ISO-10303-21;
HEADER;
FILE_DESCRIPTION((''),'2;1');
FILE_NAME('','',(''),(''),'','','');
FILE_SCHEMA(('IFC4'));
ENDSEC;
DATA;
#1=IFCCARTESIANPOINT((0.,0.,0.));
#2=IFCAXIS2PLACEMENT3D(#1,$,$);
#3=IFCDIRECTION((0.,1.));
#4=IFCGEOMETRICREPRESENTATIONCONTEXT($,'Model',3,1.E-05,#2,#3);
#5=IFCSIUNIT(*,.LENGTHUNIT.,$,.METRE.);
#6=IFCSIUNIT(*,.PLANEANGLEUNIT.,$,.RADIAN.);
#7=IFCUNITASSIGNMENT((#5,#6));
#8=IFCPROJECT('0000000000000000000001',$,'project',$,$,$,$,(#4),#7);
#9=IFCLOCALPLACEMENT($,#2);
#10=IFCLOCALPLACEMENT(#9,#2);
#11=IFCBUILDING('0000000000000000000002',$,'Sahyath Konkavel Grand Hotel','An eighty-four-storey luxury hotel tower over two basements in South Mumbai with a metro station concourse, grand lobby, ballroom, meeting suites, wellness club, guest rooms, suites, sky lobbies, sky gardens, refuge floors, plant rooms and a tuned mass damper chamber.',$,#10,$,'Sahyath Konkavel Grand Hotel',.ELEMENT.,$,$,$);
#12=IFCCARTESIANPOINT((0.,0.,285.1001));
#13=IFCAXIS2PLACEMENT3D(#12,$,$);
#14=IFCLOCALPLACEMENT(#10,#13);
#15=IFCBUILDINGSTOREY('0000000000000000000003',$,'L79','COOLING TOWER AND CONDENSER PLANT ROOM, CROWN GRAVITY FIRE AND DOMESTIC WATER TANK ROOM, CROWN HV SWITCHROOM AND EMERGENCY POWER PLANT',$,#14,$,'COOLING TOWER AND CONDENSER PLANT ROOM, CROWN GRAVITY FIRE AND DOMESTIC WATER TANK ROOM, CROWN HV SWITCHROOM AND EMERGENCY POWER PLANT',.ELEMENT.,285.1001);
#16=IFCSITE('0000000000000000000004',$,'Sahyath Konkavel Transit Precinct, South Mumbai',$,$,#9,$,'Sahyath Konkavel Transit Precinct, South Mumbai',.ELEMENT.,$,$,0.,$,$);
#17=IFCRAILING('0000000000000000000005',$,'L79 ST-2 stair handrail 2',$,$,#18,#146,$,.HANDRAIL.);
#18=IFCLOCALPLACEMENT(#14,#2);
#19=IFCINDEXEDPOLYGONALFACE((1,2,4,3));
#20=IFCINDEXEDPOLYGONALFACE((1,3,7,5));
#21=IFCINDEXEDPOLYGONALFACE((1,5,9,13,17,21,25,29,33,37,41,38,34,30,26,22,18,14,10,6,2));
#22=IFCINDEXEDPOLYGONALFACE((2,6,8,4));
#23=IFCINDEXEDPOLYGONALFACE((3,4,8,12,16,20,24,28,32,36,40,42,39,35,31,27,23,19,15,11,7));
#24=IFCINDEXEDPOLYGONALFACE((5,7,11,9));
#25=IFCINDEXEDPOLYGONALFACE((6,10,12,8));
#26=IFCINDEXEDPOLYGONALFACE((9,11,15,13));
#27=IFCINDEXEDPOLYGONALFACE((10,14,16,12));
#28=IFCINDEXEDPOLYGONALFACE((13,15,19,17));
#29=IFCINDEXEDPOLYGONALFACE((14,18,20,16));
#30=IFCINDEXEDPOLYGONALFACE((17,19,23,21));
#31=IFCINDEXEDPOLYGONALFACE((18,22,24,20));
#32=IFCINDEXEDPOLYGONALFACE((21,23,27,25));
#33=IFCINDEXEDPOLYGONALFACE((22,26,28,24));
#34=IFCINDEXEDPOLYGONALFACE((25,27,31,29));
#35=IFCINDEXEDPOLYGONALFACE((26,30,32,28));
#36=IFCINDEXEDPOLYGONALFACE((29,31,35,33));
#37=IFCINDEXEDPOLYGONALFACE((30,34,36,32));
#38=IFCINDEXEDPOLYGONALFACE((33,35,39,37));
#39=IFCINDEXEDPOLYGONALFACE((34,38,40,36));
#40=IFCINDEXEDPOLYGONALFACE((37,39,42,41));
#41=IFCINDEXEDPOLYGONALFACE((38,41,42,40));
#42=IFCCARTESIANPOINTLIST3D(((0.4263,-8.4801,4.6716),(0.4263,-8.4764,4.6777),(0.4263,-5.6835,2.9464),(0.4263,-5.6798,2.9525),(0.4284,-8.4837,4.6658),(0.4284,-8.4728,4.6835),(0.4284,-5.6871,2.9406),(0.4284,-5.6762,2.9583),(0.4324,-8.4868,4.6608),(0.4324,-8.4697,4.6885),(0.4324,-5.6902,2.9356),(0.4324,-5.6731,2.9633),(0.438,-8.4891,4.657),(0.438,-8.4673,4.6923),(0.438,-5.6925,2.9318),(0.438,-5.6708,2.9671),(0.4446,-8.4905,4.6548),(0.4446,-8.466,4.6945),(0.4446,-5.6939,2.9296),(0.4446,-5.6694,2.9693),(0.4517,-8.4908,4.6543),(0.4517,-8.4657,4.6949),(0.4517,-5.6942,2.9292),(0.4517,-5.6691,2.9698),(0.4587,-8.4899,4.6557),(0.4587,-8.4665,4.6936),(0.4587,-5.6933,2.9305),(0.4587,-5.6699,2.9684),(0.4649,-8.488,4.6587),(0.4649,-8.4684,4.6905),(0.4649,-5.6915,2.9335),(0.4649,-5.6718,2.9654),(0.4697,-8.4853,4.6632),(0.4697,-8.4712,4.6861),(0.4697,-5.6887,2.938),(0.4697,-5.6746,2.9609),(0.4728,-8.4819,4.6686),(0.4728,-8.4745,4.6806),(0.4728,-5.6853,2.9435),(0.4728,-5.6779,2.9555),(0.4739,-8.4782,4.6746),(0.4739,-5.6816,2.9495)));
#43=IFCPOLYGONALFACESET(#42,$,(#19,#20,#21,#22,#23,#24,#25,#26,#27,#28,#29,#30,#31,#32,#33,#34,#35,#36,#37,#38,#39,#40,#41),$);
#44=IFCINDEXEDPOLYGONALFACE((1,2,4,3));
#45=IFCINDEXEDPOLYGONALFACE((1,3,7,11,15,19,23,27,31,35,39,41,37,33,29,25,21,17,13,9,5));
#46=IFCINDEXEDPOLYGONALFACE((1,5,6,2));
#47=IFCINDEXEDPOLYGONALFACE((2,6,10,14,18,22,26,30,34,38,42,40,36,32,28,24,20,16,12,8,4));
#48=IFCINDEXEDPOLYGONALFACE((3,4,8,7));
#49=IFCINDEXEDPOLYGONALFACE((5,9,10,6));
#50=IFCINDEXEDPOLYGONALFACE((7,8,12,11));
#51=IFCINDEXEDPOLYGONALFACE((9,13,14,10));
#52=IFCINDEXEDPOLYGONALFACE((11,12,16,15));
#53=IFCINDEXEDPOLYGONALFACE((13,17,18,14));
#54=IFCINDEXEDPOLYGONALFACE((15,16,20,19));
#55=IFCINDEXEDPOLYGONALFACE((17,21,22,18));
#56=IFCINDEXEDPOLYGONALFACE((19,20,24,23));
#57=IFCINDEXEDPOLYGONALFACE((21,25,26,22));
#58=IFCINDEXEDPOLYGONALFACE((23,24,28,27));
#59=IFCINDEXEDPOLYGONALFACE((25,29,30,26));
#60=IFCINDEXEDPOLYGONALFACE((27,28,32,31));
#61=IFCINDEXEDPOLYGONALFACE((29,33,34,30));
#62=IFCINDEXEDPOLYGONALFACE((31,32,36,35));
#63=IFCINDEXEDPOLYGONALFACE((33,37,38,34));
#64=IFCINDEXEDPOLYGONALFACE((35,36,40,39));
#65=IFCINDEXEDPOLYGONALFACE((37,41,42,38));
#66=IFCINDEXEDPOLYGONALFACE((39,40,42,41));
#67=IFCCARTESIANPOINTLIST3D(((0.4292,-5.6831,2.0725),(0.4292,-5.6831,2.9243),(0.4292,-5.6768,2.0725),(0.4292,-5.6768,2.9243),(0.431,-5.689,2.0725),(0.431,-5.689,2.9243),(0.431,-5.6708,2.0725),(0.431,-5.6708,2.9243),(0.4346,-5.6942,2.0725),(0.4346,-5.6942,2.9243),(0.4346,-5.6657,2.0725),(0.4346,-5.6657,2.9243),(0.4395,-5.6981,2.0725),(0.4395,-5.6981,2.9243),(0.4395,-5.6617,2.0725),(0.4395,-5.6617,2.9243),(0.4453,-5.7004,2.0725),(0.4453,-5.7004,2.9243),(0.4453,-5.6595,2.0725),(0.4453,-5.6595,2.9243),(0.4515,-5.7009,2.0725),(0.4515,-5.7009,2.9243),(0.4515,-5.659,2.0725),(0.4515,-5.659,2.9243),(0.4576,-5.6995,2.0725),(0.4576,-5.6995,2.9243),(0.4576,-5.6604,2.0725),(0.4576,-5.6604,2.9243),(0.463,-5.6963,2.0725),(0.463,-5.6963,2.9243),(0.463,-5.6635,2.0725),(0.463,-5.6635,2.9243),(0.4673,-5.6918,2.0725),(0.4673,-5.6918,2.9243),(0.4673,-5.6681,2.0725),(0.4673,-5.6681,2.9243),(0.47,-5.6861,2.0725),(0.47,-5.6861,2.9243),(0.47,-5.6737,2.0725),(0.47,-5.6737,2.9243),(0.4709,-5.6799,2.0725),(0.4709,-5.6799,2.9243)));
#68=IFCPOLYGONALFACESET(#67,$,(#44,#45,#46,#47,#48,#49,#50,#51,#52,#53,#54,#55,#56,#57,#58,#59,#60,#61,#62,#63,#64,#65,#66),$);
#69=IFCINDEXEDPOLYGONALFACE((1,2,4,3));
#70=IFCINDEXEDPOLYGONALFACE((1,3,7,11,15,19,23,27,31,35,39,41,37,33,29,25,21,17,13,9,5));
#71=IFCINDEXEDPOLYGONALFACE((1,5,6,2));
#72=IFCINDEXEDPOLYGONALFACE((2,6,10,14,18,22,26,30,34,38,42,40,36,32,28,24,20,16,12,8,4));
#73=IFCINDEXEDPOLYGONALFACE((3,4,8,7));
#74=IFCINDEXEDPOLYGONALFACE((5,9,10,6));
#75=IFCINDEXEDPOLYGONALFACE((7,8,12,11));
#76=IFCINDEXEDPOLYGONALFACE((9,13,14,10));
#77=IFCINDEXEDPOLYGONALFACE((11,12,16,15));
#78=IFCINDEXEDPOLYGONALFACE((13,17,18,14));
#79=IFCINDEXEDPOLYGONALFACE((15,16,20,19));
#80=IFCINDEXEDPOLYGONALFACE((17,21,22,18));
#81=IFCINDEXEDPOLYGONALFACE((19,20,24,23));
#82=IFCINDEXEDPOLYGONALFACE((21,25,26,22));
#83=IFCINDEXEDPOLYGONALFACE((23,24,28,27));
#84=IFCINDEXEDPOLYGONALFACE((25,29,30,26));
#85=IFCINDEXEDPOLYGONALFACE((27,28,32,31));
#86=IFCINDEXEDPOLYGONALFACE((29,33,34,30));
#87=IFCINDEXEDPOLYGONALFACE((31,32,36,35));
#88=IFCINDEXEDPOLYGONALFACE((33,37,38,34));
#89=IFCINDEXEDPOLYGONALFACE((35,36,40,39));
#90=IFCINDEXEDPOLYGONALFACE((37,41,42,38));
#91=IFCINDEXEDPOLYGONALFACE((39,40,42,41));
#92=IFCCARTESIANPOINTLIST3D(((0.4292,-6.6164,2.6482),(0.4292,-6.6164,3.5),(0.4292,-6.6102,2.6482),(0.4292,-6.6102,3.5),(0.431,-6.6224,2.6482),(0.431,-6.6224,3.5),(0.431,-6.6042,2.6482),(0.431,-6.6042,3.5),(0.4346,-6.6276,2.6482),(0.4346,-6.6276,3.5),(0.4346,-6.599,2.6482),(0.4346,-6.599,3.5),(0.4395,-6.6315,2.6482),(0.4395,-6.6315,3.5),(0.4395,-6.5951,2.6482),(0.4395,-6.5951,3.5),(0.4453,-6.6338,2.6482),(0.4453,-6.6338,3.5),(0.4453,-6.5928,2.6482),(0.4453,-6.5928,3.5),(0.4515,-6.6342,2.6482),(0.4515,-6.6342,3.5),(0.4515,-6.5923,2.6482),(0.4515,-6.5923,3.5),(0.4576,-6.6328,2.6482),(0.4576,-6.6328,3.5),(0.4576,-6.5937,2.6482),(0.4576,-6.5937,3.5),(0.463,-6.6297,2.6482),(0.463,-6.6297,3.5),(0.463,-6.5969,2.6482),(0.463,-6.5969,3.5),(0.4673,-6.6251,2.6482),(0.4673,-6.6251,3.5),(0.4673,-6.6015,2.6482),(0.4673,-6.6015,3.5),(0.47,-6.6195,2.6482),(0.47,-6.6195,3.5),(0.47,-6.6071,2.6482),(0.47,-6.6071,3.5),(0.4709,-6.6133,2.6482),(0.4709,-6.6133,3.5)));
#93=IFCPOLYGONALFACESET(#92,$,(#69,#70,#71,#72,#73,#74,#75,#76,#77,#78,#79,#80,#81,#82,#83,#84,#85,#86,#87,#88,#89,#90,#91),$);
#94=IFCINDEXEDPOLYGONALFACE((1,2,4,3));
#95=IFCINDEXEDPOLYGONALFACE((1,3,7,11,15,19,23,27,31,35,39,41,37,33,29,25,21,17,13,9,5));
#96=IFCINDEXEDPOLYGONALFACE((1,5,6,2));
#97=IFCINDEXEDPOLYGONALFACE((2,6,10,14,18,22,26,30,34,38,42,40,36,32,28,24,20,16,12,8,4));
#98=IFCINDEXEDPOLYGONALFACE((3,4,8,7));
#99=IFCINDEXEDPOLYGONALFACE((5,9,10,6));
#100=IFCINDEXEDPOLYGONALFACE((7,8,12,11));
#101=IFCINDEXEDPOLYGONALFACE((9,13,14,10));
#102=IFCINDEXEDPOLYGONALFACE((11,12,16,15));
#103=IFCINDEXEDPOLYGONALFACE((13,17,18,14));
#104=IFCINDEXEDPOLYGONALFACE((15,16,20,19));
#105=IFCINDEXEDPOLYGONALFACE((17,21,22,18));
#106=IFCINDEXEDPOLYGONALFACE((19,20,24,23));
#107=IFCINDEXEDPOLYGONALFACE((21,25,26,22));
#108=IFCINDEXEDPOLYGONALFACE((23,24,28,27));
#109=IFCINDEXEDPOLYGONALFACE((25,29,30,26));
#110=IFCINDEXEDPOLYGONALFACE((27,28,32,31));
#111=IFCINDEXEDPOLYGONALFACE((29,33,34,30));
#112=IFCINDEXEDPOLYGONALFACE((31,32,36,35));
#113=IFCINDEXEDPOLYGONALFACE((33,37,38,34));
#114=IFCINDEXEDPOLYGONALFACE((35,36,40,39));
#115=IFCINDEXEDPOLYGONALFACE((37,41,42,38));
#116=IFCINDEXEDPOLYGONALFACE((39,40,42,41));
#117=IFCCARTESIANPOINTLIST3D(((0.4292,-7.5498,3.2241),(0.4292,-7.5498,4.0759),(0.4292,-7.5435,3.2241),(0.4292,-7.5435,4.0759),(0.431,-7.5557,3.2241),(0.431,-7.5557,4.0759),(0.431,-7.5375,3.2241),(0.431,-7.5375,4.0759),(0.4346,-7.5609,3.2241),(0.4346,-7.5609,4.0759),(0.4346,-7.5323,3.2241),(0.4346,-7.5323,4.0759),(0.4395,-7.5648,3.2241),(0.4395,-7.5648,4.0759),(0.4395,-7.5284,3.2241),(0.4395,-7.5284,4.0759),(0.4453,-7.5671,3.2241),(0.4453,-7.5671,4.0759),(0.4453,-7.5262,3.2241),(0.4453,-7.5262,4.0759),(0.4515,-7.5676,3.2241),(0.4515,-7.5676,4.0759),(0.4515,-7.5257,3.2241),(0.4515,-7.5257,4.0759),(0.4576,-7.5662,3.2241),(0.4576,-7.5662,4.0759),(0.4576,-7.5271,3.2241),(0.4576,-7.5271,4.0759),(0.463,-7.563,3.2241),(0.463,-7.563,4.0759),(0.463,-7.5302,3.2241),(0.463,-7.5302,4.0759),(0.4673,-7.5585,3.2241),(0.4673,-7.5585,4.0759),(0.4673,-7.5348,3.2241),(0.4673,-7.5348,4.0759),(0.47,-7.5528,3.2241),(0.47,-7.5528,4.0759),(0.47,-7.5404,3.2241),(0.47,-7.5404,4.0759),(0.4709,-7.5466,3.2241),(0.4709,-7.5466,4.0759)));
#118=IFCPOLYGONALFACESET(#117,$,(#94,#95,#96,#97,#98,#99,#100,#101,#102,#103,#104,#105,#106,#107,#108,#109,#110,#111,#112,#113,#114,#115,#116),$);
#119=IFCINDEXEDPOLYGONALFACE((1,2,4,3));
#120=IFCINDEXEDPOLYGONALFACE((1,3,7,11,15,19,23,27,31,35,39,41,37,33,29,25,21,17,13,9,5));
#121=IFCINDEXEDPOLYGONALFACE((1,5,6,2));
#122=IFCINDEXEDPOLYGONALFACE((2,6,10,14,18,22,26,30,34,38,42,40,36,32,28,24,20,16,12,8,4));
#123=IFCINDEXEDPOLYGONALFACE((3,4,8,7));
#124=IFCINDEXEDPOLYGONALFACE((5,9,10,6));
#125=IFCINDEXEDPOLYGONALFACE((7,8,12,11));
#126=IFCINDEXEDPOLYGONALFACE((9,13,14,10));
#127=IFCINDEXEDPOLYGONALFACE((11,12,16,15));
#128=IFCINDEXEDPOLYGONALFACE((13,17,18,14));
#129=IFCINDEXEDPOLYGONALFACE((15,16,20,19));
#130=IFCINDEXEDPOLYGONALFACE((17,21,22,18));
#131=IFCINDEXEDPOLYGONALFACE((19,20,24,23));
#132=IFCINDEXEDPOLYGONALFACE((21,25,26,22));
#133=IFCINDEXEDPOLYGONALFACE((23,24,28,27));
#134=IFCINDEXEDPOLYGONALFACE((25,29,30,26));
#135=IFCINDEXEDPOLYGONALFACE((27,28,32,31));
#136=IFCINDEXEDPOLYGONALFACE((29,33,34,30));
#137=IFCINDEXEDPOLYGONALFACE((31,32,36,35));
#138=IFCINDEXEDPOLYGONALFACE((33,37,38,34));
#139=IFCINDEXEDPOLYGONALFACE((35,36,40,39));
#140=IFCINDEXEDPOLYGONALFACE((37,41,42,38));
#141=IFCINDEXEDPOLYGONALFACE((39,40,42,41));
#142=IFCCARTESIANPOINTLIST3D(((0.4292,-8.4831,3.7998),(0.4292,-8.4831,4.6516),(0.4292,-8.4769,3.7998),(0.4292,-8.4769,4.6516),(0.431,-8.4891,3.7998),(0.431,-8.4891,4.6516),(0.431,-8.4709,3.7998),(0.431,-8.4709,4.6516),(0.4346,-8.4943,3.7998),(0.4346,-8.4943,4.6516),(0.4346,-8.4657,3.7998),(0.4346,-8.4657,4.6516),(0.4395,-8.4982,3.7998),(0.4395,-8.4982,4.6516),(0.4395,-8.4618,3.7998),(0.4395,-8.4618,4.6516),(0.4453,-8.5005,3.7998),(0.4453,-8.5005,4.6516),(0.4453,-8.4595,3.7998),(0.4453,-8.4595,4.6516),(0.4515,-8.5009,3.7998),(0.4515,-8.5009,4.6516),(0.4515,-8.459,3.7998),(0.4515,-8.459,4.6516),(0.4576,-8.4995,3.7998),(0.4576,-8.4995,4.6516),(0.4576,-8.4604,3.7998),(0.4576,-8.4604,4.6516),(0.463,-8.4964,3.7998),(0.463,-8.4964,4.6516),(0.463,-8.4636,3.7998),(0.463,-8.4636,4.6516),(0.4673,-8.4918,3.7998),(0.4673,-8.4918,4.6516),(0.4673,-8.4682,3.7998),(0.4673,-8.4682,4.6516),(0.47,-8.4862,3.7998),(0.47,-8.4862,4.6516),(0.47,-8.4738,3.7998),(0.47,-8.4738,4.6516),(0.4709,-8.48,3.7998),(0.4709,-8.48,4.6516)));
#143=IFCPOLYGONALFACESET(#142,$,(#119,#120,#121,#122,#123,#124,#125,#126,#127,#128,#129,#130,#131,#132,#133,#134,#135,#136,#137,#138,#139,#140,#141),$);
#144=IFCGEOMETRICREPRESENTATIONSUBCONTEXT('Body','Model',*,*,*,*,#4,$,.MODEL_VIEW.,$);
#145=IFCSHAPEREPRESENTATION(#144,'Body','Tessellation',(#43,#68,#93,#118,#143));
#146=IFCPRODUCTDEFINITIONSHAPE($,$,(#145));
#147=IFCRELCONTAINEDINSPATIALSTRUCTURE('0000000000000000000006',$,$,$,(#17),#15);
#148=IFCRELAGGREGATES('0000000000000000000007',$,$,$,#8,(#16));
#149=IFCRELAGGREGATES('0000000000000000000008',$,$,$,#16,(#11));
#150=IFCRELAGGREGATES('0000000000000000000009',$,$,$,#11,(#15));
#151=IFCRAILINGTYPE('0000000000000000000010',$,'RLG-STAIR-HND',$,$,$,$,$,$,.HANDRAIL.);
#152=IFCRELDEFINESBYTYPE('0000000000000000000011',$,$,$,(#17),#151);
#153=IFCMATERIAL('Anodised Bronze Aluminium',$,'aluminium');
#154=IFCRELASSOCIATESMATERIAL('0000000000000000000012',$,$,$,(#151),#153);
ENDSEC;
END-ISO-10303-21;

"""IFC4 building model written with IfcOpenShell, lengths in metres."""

from ifc_helpers import new_model, si_unit, direction, frame, origin, origin_2d, place, context, subcontext, project, spatial, circle, extrude, material, type_object, element, save


model = new_model("IFC4")

# Units and contexts
model_context = context("Model", 3, precision=1e-05, world=origin(), true_north=direction((0.0, 1.0)))
body_context = subcontext(model_context, "Body", "Model", "MODEL_VIEW")
ifc_project = project(units=[si_unit("LENGTHUNIT", "METRE"), si_unit("PLANEANGLEUNIT", "RADIAN")], contexts=[model_context])

# Site, building, storey
site_placement = place(None, origin())
site = spatial("IfcSite", under=ifc_project, at=site_placement, Name="Sahyath Konkavel Transit Precinct, South Mumbai", LongName="Sahyath Konkavel Transit Precinct, South Mumbai", CompositionType="ELEMENT", RefElevation=0.0)
building_placement = place(site_placement, origin())
building = spatial("IfcBuilding", under=site, at=building_placement, Name="Sahyath Konkavel Grand Hotel", Description="An eighty-four-storey luxury hotel tower over two basements in South Mumbai with a metro station concourse, grand lobby, ballroom, meeting suites, wellness club, guest rooms, suites, sky lobbies, sky gardens, refuge floors, plant rooms and a tuned mass damper chamber.", LongName="Sahyath Konkavel Grand Hotel", CompositionType="ELEMENT")
storey_placement = place(building_placement, frame((0.0, 0.0, 285.1001)))
storey = spatial("IfcBuildingStorey", under=building, at=storey_placement, Name="L79", Description="COOLING TOWER AND CONDENSER PLANT ROOM, CROWN GRAVITY FIRE AND DOMESTIC WATER TANK ROOM, CROWN HV SWITCHROOM AND EMERGENCY POWER PLANT", LongName="COOLING TOWER AND CONDENSER PLANT ROOM, CROWN GRAVITY FIRE AND DOMESTIC WATER TANK ROOM, CROWN HV SWITCHROOM AND EMERGENCY POWER PLANT", CompositionType="ELEMENT", Elevation=285.1001)

# Railing
ifc_material_1 = material(Name="Anodised Bronze Aluminium", Category="aluminium")
railing_type_1 = type_object("IfcRailingType", Name="RLG-STAIR-HND", PredefinedType="HANDRAIL", material=ifc_material_1)
railing_1_placement = place(storey_placement, frame((0.45, -5.6799, 2.0725)))
element("IfcRailing", 1, at=railing_1_placement, inside=storey, type_object=railing_type_1, Name="L79 ST-2 stair handrail 2", PredefinedType="HANDRAIL", context=body_context, shape_type="SweptSolid", body=[
    extrude(circle(Radius=0.0239, at=origin_2d()), frame((0.0, -0.0017, 0.877), z_axis=(0.0, -0.85109, 0.52502), x_axis=(1.0, 0.0, 0.0)), (0.0, 0.0, 1.0), 3.2859),
    extrude(circle(Radius=0.021, at=origin_2d()), origin(), (0.0, 0.0, 1.0), 0.8518),
    extrude(circle(Radius=0.021, at=origin_2d()), frame((0.0, -0.9333, 0.5757)), (0.0, 0.0, 1.0), 0.8518),
    extrude(circle(Radius=0.021, at=origin_2d()), frame((0.0, -1.8667, 1.1516)), (0.0, 0.0, 1.0), 0.8518),
    extrude(circle(Radius=0.021, at=origin_2d()), frame((0.0, -2.8, 1.7273)), (0.0, 0.0, 1.0), 0.8518),
])

save(model, "model.ifc")
